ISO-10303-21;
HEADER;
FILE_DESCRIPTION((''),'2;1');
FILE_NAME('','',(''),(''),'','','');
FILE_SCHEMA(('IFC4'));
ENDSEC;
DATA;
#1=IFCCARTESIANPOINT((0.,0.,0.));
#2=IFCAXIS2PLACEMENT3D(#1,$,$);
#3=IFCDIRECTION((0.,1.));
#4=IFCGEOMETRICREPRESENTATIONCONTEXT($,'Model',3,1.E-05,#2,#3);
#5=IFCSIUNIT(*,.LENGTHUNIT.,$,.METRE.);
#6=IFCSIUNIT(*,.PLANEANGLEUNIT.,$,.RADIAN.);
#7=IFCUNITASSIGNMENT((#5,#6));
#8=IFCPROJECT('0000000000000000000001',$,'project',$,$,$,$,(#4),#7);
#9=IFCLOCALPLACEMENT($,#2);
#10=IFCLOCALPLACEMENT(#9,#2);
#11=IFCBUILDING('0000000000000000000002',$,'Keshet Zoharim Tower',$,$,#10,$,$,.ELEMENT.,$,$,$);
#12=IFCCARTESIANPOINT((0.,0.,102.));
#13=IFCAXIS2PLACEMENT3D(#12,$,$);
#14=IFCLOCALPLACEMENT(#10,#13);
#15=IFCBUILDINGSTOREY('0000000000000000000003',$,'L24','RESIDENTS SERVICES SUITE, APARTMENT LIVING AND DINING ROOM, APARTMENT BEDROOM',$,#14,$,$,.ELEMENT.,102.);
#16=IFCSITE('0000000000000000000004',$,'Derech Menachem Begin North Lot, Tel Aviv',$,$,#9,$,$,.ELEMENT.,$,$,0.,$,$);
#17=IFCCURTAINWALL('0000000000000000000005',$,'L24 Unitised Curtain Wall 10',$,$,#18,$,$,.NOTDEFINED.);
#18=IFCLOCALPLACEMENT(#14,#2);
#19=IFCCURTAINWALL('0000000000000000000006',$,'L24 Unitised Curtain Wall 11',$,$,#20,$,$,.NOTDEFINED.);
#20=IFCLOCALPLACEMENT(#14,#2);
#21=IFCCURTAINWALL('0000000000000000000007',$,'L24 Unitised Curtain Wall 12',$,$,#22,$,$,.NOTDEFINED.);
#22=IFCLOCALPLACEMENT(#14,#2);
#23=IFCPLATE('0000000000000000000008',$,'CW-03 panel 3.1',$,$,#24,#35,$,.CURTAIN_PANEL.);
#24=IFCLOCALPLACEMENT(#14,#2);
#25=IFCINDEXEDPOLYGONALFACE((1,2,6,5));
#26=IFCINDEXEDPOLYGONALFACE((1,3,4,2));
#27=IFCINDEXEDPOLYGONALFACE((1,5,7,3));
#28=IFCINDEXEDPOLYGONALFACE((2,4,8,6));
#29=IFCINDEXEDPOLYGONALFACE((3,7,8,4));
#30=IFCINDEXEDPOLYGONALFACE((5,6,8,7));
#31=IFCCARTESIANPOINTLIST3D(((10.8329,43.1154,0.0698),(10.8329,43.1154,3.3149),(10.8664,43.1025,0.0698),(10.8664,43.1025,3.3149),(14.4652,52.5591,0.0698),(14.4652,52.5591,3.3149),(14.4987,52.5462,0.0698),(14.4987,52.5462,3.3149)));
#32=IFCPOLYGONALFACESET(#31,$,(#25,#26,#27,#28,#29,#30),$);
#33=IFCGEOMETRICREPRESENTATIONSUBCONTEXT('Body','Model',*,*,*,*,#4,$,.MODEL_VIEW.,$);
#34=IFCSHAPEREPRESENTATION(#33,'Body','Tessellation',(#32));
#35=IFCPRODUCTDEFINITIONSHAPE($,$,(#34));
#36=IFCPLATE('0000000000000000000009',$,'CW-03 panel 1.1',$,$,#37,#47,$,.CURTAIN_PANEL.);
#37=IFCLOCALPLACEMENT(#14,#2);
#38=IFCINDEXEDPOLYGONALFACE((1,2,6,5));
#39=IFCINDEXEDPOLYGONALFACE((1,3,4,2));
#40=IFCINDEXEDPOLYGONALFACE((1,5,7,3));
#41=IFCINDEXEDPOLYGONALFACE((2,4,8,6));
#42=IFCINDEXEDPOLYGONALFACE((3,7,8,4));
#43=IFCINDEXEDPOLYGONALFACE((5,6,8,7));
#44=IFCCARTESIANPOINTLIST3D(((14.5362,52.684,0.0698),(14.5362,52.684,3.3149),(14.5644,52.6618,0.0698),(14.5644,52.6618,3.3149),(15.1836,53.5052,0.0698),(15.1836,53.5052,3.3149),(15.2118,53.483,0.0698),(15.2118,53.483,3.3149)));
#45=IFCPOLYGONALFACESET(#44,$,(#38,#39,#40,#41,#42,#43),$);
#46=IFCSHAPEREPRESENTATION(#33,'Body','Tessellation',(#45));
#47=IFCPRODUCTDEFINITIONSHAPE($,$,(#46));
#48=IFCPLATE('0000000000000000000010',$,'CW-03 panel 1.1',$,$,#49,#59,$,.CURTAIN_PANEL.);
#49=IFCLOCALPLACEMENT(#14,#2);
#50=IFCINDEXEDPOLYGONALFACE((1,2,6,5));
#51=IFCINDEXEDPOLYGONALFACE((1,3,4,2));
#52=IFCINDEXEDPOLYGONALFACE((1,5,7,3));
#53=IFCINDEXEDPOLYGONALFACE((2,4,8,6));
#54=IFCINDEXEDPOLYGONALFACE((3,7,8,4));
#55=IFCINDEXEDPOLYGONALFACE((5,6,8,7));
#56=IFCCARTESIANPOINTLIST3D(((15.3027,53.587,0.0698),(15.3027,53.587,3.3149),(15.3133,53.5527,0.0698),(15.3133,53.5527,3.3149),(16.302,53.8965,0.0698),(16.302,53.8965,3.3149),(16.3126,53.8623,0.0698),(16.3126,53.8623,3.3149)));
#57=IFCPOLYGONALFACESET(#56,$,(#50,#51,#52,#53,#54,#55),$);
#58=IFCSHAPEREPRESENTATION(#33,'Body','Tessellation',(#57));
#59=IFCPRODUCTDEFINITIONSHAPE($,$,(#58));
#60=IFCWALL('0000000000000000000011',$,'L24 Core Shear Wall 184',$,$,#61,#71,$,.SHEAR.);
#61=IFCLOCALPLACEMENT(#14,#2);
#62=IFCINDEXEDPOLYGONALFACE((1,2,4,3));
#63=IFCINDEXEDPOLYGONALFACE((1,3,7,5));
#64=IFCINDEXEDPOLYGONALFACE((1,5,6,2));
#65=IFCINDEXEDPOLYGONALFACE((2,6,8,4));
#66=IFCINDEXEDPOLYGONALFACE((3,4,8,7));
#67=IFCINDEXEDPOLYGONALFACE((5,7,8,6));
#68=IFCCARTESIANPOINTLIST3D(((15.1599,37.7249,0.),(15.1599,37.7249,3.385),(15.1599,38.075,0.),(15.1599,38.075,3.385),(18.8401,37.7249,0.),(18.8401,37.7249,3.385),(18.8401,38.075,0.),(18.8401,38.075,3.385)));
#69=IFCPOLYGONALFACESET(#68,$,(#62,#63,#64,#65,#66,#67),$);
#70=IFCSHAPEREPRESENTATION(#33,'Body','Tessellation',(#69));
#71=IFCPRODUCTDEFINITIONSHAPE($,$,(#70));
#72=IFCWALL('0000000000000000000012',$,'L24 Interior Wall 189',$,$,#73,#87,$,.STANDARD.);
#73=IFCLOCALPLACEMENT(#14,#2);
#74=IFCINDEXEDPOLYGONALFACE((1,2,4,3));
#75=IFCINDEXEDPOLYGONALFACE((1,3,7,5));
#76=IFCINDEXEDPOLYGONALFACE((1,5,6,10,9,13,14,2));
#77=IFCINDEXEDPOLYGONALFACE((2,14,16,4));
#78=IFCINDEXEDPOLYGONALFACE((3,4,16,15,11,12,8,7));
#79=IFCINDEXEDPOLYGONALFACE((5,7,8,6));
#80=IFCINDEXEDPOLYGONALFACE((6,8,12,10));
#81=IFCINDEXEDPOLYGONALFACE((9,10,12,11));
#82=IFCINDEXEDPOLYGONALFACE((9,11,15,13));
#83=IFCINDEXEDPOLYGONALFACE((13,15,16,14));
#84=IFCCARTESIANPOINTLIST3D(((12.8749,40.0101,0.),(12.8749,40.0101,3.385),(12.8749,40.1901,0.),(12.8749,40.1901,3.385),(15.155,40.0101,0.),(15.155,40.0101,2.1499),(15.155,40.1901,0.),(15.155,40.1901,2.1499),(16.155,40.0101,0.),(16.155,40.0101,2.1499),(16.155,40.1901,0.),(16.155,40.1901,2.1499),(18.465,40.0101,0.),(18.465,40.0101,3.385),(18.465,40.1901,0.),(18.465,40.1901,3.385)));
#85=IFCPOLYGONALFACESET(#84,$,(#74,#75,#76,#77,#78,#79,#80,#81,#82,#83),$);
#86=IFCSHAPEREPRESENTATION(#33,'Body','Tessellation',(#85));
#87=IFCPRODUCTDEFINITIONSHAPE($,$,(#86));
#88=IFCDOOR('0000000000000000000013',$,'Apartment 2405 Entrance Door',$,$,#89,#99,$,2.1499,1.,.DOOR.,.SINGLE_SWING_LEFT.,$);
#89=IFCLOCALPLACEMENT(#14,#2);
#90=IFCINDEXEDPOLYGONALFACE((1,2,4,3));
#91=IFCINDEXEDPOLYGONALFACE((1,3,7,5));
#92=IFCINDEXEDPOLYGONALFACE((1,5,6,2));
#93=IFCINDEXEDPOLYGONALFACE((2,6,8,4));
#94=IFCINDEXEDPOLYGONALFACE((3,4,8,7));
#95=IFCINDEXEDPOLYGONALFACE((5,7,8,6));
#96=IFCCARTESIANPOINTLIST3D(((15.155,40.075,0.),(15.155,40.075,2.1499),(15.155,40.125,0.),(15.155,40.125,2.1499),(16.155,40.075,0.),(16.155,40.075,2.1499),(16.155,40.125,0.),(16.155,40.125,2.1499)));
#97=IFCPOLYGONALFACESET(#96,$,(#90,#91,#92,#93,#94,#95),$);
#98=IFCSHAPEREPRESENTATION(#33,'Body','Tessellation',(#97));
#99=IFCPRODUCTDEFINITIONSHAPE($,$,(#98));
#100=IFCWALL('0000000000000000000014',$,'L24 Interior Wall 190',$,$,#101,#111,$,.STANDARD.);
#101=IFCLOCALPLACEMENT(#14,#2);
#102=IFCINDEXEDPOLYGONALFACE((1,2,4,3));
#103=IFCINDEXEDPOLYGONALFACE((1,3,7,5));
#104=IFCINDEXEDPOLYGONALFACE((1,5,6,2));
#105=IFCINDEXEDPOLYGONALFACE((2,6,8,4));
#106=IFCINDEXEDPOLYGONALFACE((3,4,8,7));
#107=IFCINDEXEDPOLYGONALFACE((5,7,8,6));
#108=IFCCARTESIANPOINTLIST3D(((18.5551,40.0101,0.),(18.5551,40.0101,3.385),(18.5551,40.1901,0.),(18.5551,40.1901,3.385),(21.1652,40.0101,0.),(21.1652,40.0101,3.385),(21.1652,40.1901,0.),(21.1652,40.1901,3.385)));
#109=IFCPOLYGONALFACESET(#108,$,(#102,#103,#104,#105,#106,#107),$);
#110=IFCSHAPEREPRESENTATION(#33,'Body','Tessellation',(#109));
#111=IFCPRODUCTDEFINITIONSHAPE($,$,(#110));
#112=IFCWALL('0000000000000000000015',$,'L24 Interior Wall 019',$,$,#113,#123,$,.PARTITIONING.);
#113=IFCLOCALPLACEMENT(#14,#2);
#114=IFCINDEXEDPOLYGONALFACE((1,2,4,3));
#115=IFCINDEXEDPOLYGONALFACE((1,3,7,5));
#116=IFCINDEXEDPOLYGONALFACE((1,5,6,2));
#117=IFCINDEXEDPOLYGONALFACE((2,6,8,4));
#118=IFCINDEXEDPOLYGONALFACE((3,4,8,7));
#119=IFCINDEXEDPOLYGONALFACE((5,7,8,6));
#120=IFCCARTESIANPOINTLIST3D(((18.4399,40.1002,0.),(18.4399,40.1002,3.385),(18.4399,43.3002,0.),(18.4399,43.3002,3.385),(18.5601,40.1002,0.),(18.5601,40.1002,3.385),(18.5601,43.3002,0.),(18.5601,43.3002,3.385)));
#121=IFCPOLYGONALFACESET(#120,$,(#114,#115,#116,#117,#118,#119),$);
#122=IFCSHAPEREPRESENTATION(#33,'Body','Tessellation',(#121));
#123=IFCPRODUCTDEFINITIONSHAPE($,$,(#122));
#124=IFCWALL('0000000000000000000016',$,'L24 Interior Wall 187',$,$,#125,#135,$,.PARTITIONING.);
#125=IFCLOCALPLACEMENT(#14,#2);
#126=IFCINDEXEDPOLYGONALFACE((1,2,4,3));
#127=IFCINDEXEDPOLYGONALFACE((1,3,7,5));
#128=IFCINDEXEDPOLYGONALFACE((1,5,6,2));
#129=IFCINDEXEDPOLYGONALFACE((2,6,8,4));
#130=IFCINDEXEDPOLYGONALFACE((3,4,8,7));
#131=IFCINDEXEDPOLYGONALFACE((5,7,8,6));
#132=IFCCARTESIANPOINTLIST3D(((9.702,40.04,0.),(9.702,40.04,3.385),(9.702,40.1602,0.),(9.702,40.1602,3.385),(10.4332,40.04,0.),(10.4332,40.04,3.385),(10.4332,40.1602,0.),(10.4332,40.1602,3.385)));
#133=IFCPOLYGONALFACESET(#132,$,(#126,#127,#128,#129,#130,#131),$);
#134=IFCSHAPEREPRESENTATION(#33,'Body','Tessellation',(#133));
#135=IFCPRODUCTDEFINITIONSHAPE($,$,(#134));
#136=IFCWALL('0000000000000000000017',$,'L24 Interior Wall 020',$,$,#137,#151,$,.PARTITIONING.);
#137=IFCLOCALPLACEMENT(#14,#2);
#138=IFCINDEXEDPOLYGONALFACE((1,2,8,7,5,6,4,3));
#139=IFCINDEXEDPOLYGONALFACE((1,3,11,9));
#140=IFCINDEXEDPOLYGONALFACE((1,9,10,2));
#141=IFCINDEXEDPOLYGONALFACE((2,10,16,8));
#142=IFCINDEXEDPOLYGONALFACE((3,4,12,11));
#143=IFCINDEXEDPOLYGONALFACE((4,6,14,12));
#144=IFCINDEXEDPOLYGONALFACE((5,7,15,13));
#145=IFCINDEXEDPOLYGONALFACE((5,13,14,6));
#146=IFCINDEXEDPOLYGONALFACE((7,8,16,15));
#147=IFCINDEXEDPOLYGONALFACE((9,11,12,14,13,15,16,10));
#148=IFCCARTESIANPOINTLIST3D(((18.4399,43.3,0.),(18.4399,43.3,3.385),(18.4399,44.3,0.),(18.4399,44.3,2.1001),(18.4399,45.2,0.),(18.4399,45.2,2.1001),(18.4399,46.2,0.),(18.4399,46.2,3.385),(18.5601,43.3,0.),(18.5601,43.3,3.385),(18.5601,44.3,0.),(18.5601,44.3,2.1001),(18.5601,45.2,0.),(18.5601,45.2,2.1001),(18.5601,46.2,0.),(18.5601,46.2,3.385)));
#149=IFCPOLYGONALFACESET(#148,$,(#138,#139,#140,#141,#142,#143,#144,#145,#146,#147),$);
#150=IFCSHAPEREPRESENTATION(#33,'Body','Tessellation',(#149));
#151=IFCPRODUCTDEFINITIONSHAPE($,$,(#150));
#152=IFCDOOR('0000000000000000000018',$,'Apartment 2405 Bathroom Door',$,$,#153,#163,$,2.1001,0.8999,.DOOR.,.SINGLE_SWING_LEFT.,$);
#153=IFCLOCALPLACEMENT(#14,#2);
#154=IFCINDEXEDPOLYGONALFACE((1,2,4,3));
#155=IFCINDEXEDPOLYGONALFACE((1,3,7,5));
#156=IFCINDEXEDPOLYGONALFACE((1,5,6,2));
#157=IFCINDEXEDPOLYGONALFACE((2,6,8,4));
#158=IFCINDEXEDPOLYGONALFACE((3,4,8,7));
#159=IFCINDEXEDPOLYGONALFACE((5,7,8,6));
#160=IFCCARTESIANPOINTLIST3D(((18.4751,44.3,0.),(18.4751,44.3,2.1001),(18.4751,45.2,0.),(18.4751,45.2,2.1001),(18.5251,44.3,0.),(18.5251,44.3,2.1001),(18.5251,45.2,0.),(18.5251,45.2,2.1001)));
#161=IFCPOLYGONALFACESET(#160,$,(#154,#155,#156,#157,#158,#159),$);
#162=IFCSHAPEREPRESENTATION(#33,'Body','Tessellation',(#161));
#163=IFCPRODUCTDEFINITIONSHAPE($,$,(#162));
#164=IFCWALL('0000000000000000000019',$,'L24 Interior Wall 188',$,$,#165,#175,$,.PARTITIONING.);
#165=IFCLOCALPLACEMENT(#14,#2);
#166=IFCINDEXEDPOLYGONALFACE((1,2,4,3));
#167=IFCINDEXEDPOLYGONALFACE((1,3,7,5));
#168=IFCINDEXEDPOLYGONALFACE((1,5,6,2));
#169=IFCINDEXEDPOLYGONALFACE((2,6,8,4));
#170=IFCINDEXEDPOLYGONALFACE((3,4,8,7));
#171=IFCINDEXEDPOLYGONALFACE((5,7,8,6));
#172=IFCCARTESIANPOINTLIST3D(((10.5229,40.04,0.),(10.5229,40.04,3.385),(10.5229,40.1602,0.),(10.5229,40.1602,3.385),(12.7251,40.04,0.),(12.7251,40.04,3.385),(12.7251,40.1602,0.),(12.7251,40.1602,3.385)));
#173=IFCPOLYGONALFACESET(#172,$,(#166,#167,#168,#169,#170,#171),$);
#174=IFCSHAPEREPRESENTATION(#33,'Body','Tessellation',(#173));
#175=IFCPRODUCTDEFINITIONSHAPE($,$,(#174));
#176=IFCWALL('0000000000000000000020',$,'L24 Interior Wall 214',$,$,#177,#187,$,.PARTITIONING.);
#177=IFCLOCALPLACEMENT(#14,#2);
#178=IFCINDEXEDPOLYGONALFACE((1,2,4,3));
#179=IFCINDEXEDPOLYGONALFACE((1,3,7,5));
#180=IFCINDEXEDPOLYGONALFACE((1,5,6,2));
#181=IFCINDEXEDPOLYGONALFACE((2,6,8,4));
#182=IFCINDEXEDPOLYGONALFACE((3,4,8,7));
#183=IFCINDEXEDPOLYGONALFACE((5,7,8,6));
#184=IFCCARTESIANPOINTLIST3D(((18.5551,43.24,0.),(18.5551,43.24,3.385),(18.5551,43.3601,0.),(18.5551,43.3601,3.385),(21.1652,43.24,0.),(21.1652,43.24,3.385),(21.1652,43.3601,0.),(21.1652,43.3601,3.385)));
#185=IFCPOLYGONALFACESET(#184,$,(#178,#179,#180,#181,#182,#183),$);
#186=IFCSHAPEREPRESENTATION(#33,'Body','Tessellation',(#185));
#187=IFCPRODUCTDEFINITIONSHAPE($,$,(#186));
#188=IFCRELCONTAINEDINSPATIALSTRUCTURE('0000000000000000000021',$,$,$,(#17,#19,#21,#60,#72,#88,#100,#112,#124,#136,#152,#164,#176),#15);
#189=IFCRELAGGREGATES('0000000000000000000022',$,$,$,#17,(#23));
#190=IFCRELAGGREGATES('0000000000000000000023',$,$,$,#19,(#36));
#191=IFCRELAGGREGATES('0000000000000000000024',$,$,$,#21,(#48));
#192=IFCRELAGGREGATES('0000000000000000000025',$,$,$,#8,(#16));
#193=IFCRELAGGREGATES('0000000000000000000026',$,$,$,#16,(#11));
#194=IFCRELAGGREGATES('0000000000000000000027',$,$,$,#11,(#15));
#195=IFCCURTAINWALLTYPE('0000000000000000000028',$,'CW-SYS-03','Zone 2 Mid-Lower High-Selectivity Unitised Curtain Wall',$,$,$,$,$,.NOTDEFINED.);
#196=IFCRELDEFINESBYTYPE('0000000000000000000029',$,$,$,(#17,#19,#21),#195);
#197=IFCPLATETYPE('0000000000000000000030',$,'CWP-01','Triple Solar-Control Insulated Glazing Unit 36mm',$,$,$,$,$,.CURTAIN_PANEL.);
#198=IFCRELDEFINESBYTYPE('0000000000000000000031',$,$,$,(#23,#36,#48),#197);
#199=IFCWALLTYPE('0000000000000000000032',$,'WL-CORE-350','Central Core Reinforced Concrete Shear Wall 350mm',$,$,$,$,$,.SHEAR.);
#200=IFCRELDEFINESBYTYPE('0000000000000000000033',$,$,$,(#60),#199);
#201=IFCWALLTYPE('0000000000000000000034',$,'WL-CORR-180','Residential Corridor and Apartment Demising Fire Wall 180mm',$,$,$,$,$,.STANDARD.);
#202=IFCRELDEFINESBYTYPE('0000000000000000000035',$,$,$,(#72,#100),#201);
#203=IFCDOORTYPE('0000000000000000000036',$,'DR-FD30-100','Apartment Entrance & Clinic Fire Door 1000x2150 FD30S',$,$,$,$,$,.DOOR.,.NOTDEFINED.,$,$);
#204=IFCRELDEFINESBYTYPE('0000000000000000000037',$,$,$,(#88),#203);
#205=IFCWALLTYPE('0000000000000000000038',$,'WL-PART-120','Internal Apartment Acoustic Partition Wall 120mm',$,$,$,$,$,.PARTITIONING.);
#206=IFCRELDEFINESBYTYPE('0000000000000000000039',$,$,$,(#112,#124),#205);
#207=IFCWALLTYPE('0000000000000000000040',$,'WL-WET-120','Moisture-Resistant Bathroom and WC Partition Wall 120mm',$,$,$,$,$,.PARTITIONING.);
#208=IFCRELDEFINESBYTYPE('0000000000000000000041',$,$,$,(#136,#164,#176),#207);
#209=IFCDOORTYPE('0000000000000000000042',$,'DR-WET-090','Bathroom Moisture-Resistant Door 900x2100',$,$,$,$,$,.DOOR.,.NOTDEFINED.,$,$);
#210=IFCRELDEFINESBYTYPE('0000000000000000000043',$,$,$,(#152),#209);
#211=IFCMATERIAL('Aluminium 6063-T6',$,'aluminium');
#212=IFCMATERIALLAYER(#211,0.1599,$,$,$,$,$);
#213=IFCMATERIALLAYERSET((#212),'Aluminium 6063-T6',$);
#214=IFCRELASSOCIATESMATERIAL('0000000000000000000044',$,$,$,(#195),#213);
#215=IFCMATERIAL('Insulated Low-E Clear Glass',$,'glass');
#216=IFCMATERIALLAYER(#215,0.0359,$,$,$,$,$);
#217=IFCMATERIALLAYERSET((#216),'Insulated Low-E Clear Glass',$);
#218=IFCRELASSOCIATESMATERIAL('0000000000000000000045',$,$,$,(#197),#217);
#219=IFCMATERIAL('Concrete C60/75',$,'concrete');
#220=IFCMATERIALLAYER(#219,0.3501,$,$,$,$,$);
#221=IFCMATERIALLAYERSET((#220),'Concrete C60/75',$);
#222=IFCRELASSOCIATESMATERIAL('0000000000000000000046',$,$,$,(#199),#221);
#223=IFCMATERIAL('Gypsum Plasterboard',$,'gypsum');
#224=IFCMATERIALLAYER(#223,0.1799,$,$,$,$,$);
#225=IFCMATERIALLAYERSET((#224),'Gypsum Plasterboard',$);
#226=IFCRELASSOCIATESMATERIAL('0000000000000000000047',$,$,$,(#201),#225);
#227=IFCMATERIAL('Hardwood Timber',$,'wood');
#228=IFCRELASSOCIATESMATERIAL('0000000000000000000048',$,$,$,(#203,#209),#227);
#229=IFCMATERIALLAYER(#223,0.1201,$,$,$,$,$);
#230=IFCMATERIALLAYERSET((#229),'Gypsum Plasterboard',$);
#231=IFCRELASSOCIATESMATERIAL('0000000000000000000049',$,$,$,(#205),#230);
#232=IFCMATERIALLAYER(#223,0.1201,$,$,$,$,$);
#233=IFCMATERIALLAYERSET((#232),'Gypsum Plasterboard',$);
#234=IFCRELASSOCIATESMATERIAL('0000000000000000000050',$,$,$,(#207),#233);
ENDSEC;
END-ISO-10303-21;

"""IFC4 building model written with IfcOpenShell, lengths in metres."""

from ifc_helpers import new_model, si_unit, direction, frame, frame_2d, origin, origin_2d, place, context, subcontext, project, spatial, rectangle, extrude, material, layer, layer_set, type_object, element, fill, aggregate, save


model = new_model("IFC4")

# Units and contexts
model_context = context("Model", 3, precision=1e-05, world=origin(), true_north=direction((0.0, 1.0)))
body_context = subcontext(model_context, "Body", "Model", "MODEL_VIEW")
ifc_project = project(units=[si_unit("LENGTHUNIT", "METRE"), si_unit("PLANEANGLEUNIT", "RADIAN")], contexts=[model_context])

# Site, building, storey
site_placement = place(None, origin())
site = spatial("IfcSite", under=ifc_project, at=site_placement, Name="Derech Menachem Begin North Lot, Tel Aviv", CompositionType="ELEMENT", RefElevation=0.0)
building_placement = place(site_placement, origin())
building = spatial("IfcBuilding", under=site, at=building_placement, Name="Keshet Zoharim Tower", CompositionType="ELEMENT")
storey_placement = place(building_placement, frame((0.0, 0.0, 102.0)))
storey = spatial("IfcBuildingStorey", under=building, at=storey_placement, Name="L24", Description="RESIDENTS SERVICES SUITE, APARTMENT LIVING AND DINING ROOM, APARTMENT BEDROOM", CompositionType="ELEMENT", Elevation=102.0)

# Curtain walls
ifc_material_1 = material(Name="Aluminium 6063-T6", Category="aluminium")
ifc_layer_1 = layer(ifc_material_1, 0.1599)
ifc_layer_set_1 = layer_set([ifc_layer_1], Name="Aluminium 6063-T6")
curtain_wall_type = type_object("IfcCurtainWallType", Name="CW-SYS-03", Description="Zone 2 Mid-Lower High-Selectivity Unitised Curtain Wall", PredefinedType="NOTDEFINED", material=ifc_layer_set_1)
curtain_wall_1_placement = place(storey_placement, origin())
curtain_wall_1 = element("IfcCurtainWall", 1, at=curtain_wall_1_placement, inside=storey, type_object=curtain_wall_type, Name="L24 Unitised Curtain Wall 10", PredefinedType="NOTDEFINED")
curtain_wall_2_placement = place(storey_placement, origin())
curtain_wall_2 = element("IfcCurtainWall", 2, at=curtain_wall_2_placement, inside=storey, type_object=curtain_wall_type, Name="L24 Unitised Curtain Wall 11", PredefinedType="NOTDEFINED")
curtain_wall_3_placement = place(storey_placement, origin())
curtain_wall_3 = element("IfcCurtainWall", 3, at=curtain_wall_3_placement, inside=storey, type_object=curtain_wall_type, Name="L24 Unitised Curtain Wall 12", PredefinedType="NOTDEFINED")

# Plates
ifc_material_2 = material(Name="Insulated Low-E Clear Glass", Category="glass")
ifc_layer_2 = layer(ifc_material_2, 0.0359)
ifc_layer_set_2 = layer_set([ifc_layer_2], Name="Insulated Low-E Clear Glass")
plate_type = type_object("IfcPlateType", Name="CWP-01", Description="Triple Solar-Control Insulated Glazing Unit 36mm", PredefinedType="CURTAIN_PANEL", material=ifc_layer_set_2)
plate_1_placement = place(storey_placement, frame((12.6658, 47.8308, 0.0698), z_axis=(0.0, 0.0, 1.0), x_axis=(0.35899, 0.933341, 0.0)))
plate_1 = element("IfcPlate", 4, at=plate_1_placement, type_object=plate_type, Name="CW-03 panel 3.1", PredefinedType="CURTAIN_PANEL", context=body_context, shape_type="SweptSolid", body=[
    extrude(rectangle(XDim=10.1182, YDim=0.0359, at=origin_2d()), origin(), (0.0, 0.0, 1.0), 3.2451),
])
aggregate(curtain_wall_1, [plate_1])
plate_2_placement = place(storey_placement, frame((14.874, 53.0835, 0.0698), z_axis=(0.0, 0.0, 1.0), x_axis=(0.619125, 0.785293, 0.0)))
plate_2 = element("IfcPlate", 5, at=plate_2_placement, type_object=plate_type, Name="CW-03 panel 1.1", PredefinedType="CURTAIN_PANEL", context=body_context, shape_type="SweptSolid", body=[
    extrude(rectangle(XDim=1.0457, YDim=0.0359, at=origin_2d()), origin(), (0.0, 0.0, 1.0), 3.2451),
])
aggregate(curtain_wall_2, [plate_2])
plate_3_placement = place(storey_placement, frame((15.8076, 53.7246, 0.0698), z_axis=(0.0, 0.0, 1.0), x_axis=(0.955212, 0.295922, 0.0)))
plate_3 = element("IfcPlate", 6, at=plate_3_placement, type_object=plate_type, Name="CW-03 panel 1.1", PredefinedType="CURTAIN_PANEL", context=body_context, shape_type="SweptSolid", body=[
    extrude(rectangle(XDim=1.0461, YDim=0.0359, at=origin_2d()), origin(), (0.0, 0.0, 1.0), 3.2451),
])
aggregate(curtain_wall_3, [plate_3])

# Wall
ifc_material_3 = material(Name="Concrete C60/75", Category="concrete")
ifc_layer_3 = layer(ifc_material_3, 0.3501)
ifc_layer_set_3 = layer_set([ifc_layer_3], Name="Concrete C60/75")
wall_type_1 = type_object("IfcWallType", Name="WL-CORE-350", Description="Central Core Reinforced Concrete Shear Wall 350mm", PredefinedType="SHEAR", material=ifc_layer_set_3)
wall_1_placement = place(storey_placement, frame((15.1599, 37.8999, 0.0), z_axis=(0.0, 0.0, 1.0), x_axis=(1.0, 0.0, 0.0)))
element("IfcWall", 7, at=wall_1_placement, inside=storey, type_object=wall_type_1, Name="L24 Core Shear Wall 184", PredefinedType="SHEAR", context=body_context, shape_type="SweptSolid", body=[
    extrude(rectangle(XDim=3.6802, YDim=0.3501, at=frame_2d((1.8401, 0.0))), origin(), (0.0, 0.0, 1.0), 3.385),
])

# Wall, opening, door
ifc_material_4 = material(Name="Gypsum Plasterboard", Category="gypsum")
ifc_layer_4 = layer(ifc_material_4, 0.1799)
ifc_layer_set_4 = layer_set([ifc_layer_4], Name="Gypsum Plasterboard")
wall_type_2 = type_object("IfcWallType", Name="WL-CORR-180", Description="Residential Corridor and Apartment Demising Fire Wall 180mm", PredefinedType="STANDARD", material=ifc_layer_set_4)
wall_2_placement = place(storey_placement, frame((12.875, 40.1001, 0.0), z_axis=(0.0, 0.0, 1.0), x_axis=(1.0, 0.0, 0.0)))
wall_2 = element("IfcWall", 8, at=wall_2_placement, inside=storey, type_object=wall_type_2, Name="L24 Interior Wall 189", PredefinedType="STANDARD", context=body_context, shape_type="SweptSolid", body=[
    extrude(rectangle(XDim=5.5901, YDim=0.1799, at=frame_2d((2.7949, 0.0))), origin(), (0.0, 0.0, 1.0), 3.385),
])
opening_1_placement = place(wall_2_placement, frame((2.28, 0.0, 0.0)))
opening_1 = element("IfcOpeningElement", 9, at=opening_1_placement, cuts=wall_2, PredefinedType="OPENING", context=body_context, shape_type="SweptSolid", body=[
    extrude(rectangle(XDim=1.0, YDim=2.1499, at=frame_2d((0.5, 1.075))), frame((0.0, 0.1001, 0.0), z_axis=(0.0, -1.0, 0.0), x_axis=(1.0, 0.0, 0.0)), (0.0, 0.0, 1.0), 0.2),
])
ifc_material_5 = material(Name="Hardwood Timber", Category="wood")
door_type_1 = type_object("IfcDoorType", Name="DR-FD30-100", Description="Apartment Entrance & Clinic Fire Door 1000x2150 FD30S", OperationType="NOTDEFINED", PredefinedType="DOOR", material=ifc_material_5)
door_1_placement = place(opening_1_placement, origin())
door_1 = element("IfcDoor", 10, at=door_1_placement, inside=storey, type_object=door_type_1, Name="Apartment 2405 Entrance Door", OperationType="SINGLE_SWING_LEFT", OverallHeight=2.1499, OverallWidth=1.0, PredefinedType="DOOR", context=body_context, shape_type="SweptSolid", body=[
    extrude(rectangle(XDim=1.0, YDim=2.1499, at=frame_2d((0.5, 1.075))), frame((0.0, 0.0249, 0.0), z_axis=(0.0, -1.0, 0.0), x_axis=(1.0, 0.0, 0.0)), (0.0, 0.0, 1.0), 0.05),
])
fill(opening_1, door_1)

# Walls
wall_3_placement = place(storey_placement, frame((18.5549, 40.1001, 0.0), z_axis=(0.0, 0.0, 1.0), x_axis=(1.0, 0.0, 0.0)))
element("IfcWall", 11, at=wall_3_placement, inside=storey, type_object=wall_type_2, Name="L24 Interior Wall 190", PredefinedType="STANDARD", context=body_context, shape_type="SweptSolid", body=[
    extrude(rectangle(XDim=2.6101, YDim=0.1799, at=frame_2d((1.3052, 0.0))), origin(), (0.0, 0.0, 1.0), 3.385),
])
ifc_layer_5 = layer(ifc_material_4, 0.1201)
ifc_layer_set_5 = layer_set([ifc_layer_5], Name="Gypsum Plasterboard")
wall_type_3 = type_object("IfcWallType", Name="WL-PART-120", Description="Internal Apartment Acoustic Partition Wall 120mm", PredefinedType="PARTITIONING", material=ifc_layer_set_5)
wall_4_placement = place(storey_placement, frame((18.5, 40.1001, 0.0), z_axis=(0.0, 0.0, 1.0), x_axis=(0.0, 1.0, 0.0)))
element("IfcWall", 12, at=wall_4_placement, inside=storey, type_object=wall_type_3, Name="L24 Interior Wall 019", PredefinedType="PARTITIONING", context=body_context, shape_type="SweptSolid", body=[
    extrude(rectangle(XDim=3.2, YDim=0.1201, at=frame_2d((1.6001, 0.0))), origin(), (0.0, 0.0, 1.0), 3.385),
])
wall_5_placement = place(storey_placement, frame((9.7019, 40.1001, 0.0), z_axis=(0.0, 0.0, 1.0), x_axis=(1.0, 0.0, 0.0)))
element("IfcWall", 13, at=wall_5_placement, inside=storey, type_object=wall_type_3, Name="L24 Interior Wall 187", PredefinedType="PARTITIONING", context=body_context, shape_type="SweptSolid", body=[
    extrude(rectangle(XDim=0.7312, YDim=0.1201, at=frame_2d((0.3657, 0.0))), origin(), (0.0, 0.0, 1.0), 3.385),
])

# Wall, opening, door
ifc_layer_6 = layer(ifc_material_4, 0.1201)
ifc_layer_set_6 = layer_set([ifc_layer_6], Name="Gypsum Plasterboard")
wall_type_4 = type_object("IfcWallType", Name="WL-WET-120", Description="Moisture-Resistant Bathroom and WC Partition Wall 120mm", PredefinedType="PARTITIONING", material=ifc_layer_set_6)
wall_6_placement = place(storey_placement, frame((18.5, 43.3, 0.0), z_axis=(0.0, 0.0, 1.0), x_axis=(0.0, 1.0, 0.0)))
wall_6 = element("IfcWall", 14, at=wall_6_placement, inside=storey, type_object=wall_type_4, Name="L24 Interior Wall 020", PredefinedType="PARTITIONING", context=body_context, shape_type="SweptSolid", body=[
    extrude(rectangle(XDim=2.8999, YDim=0.1201, at=frame_2d((1.45, 0.0))), origin(), (0.0, 0.0, 1.0), 3.385),
])
opening_2_placement = place(wall_6_placement, frame((1.0, 0.0, 0.0)))
opening_2 = element("IfcOpeningElement", 15, at=opening_2_placement, cuts=wall_6, PredefinedType="OPENING", context=body_context, shape_type="SweptSolid", body=[
    extrude(rectangle(XDim=0.8999, YDim=2.1001, at=frame_2d((0.45, 1.05))), frame((0.0, 0.0701, 0.0), z_axis=(0.0, -1.0, 0.0), x_axis=(1.0, 0.0, 0.0)), (0.0, 0.0, 1.0), 0.1401),
])
door_type_2 = type_object("IfcDoorType", Name="DR-WET-090", Description="Bathroom Moisture-Resistant Door 900x2100", OperationType="NOTDEFINED", PredefinedType="DOOR", material=ifc_material_5)
door_2_placement = place(opening_2_placement, origin())
door_2 = element("IfcDoor", 16, at=door_2_placement, inside=storey, type_object=door_type_2, Name="Apartment 2405 Bathroom Door", OperationType="SINGLE_SWING_LEFT", OverallHeight=2.1001, OverallWidth=0.8999, PredefinedType="DOOR", context=body_context, shape_type="SweptSolid", body=[
    extrude(rectangle(XDim=0.8999, YDim=2.1001, at=frame_2d((0.45, 1.05))), frame((0.0, 0.0249, 0.0), z_axis=(0.0, -1.0, 0.0), x_axis=(1.0, 0.0, 0.0)), (0.0, 0.0, 1.0), 0.05),
])
fill(opening_2, door_2)

# Walls
wall_7_placement = place(storey_placement, frame((10.5229, 40.1001, 0.0), z_axis=(0.0, 0.0, 1.0), x_axis=(1.0, 0.0, 0.0)))
element("IfcWall", 17, at=wall_7_placement, inside=storey, type_object=wall_type_4, Name="L24 Interior Wall 188", PredefinedType="PARTITIONING", context=body_context, shape_type="SweptSolid", body=[
    extrude(rectangle(XDim=2.2021, YDim=0.1201, at=frame_2d((1.1011, 0.0))), origin(), (0.0, 0.0, 1.0), 3.385),
])
wall_8_placement = place(storey_placement, frame((18.5549, 43.3, 0.0), z_axis=(0.0, 0.0, 1.0), x_axis=(1.0, 0.0, 0.0)))
element("IfcWall", 18, at=wall_8_placement, inside=storey, type_object=wall_type_4, Name="L24 Interior Wall 214", PredefinedType="PARTITIONING", context=body_context, shape_type="SweptSolid", body=[
    extrude(rectangle(XDim=2.6101, YDim=0.1201, at=frame_2d((1.3052, 0.0))), origin(), (0.0, 0.0, 1.0), 3.385),
])

save(model, "model.ifc")
